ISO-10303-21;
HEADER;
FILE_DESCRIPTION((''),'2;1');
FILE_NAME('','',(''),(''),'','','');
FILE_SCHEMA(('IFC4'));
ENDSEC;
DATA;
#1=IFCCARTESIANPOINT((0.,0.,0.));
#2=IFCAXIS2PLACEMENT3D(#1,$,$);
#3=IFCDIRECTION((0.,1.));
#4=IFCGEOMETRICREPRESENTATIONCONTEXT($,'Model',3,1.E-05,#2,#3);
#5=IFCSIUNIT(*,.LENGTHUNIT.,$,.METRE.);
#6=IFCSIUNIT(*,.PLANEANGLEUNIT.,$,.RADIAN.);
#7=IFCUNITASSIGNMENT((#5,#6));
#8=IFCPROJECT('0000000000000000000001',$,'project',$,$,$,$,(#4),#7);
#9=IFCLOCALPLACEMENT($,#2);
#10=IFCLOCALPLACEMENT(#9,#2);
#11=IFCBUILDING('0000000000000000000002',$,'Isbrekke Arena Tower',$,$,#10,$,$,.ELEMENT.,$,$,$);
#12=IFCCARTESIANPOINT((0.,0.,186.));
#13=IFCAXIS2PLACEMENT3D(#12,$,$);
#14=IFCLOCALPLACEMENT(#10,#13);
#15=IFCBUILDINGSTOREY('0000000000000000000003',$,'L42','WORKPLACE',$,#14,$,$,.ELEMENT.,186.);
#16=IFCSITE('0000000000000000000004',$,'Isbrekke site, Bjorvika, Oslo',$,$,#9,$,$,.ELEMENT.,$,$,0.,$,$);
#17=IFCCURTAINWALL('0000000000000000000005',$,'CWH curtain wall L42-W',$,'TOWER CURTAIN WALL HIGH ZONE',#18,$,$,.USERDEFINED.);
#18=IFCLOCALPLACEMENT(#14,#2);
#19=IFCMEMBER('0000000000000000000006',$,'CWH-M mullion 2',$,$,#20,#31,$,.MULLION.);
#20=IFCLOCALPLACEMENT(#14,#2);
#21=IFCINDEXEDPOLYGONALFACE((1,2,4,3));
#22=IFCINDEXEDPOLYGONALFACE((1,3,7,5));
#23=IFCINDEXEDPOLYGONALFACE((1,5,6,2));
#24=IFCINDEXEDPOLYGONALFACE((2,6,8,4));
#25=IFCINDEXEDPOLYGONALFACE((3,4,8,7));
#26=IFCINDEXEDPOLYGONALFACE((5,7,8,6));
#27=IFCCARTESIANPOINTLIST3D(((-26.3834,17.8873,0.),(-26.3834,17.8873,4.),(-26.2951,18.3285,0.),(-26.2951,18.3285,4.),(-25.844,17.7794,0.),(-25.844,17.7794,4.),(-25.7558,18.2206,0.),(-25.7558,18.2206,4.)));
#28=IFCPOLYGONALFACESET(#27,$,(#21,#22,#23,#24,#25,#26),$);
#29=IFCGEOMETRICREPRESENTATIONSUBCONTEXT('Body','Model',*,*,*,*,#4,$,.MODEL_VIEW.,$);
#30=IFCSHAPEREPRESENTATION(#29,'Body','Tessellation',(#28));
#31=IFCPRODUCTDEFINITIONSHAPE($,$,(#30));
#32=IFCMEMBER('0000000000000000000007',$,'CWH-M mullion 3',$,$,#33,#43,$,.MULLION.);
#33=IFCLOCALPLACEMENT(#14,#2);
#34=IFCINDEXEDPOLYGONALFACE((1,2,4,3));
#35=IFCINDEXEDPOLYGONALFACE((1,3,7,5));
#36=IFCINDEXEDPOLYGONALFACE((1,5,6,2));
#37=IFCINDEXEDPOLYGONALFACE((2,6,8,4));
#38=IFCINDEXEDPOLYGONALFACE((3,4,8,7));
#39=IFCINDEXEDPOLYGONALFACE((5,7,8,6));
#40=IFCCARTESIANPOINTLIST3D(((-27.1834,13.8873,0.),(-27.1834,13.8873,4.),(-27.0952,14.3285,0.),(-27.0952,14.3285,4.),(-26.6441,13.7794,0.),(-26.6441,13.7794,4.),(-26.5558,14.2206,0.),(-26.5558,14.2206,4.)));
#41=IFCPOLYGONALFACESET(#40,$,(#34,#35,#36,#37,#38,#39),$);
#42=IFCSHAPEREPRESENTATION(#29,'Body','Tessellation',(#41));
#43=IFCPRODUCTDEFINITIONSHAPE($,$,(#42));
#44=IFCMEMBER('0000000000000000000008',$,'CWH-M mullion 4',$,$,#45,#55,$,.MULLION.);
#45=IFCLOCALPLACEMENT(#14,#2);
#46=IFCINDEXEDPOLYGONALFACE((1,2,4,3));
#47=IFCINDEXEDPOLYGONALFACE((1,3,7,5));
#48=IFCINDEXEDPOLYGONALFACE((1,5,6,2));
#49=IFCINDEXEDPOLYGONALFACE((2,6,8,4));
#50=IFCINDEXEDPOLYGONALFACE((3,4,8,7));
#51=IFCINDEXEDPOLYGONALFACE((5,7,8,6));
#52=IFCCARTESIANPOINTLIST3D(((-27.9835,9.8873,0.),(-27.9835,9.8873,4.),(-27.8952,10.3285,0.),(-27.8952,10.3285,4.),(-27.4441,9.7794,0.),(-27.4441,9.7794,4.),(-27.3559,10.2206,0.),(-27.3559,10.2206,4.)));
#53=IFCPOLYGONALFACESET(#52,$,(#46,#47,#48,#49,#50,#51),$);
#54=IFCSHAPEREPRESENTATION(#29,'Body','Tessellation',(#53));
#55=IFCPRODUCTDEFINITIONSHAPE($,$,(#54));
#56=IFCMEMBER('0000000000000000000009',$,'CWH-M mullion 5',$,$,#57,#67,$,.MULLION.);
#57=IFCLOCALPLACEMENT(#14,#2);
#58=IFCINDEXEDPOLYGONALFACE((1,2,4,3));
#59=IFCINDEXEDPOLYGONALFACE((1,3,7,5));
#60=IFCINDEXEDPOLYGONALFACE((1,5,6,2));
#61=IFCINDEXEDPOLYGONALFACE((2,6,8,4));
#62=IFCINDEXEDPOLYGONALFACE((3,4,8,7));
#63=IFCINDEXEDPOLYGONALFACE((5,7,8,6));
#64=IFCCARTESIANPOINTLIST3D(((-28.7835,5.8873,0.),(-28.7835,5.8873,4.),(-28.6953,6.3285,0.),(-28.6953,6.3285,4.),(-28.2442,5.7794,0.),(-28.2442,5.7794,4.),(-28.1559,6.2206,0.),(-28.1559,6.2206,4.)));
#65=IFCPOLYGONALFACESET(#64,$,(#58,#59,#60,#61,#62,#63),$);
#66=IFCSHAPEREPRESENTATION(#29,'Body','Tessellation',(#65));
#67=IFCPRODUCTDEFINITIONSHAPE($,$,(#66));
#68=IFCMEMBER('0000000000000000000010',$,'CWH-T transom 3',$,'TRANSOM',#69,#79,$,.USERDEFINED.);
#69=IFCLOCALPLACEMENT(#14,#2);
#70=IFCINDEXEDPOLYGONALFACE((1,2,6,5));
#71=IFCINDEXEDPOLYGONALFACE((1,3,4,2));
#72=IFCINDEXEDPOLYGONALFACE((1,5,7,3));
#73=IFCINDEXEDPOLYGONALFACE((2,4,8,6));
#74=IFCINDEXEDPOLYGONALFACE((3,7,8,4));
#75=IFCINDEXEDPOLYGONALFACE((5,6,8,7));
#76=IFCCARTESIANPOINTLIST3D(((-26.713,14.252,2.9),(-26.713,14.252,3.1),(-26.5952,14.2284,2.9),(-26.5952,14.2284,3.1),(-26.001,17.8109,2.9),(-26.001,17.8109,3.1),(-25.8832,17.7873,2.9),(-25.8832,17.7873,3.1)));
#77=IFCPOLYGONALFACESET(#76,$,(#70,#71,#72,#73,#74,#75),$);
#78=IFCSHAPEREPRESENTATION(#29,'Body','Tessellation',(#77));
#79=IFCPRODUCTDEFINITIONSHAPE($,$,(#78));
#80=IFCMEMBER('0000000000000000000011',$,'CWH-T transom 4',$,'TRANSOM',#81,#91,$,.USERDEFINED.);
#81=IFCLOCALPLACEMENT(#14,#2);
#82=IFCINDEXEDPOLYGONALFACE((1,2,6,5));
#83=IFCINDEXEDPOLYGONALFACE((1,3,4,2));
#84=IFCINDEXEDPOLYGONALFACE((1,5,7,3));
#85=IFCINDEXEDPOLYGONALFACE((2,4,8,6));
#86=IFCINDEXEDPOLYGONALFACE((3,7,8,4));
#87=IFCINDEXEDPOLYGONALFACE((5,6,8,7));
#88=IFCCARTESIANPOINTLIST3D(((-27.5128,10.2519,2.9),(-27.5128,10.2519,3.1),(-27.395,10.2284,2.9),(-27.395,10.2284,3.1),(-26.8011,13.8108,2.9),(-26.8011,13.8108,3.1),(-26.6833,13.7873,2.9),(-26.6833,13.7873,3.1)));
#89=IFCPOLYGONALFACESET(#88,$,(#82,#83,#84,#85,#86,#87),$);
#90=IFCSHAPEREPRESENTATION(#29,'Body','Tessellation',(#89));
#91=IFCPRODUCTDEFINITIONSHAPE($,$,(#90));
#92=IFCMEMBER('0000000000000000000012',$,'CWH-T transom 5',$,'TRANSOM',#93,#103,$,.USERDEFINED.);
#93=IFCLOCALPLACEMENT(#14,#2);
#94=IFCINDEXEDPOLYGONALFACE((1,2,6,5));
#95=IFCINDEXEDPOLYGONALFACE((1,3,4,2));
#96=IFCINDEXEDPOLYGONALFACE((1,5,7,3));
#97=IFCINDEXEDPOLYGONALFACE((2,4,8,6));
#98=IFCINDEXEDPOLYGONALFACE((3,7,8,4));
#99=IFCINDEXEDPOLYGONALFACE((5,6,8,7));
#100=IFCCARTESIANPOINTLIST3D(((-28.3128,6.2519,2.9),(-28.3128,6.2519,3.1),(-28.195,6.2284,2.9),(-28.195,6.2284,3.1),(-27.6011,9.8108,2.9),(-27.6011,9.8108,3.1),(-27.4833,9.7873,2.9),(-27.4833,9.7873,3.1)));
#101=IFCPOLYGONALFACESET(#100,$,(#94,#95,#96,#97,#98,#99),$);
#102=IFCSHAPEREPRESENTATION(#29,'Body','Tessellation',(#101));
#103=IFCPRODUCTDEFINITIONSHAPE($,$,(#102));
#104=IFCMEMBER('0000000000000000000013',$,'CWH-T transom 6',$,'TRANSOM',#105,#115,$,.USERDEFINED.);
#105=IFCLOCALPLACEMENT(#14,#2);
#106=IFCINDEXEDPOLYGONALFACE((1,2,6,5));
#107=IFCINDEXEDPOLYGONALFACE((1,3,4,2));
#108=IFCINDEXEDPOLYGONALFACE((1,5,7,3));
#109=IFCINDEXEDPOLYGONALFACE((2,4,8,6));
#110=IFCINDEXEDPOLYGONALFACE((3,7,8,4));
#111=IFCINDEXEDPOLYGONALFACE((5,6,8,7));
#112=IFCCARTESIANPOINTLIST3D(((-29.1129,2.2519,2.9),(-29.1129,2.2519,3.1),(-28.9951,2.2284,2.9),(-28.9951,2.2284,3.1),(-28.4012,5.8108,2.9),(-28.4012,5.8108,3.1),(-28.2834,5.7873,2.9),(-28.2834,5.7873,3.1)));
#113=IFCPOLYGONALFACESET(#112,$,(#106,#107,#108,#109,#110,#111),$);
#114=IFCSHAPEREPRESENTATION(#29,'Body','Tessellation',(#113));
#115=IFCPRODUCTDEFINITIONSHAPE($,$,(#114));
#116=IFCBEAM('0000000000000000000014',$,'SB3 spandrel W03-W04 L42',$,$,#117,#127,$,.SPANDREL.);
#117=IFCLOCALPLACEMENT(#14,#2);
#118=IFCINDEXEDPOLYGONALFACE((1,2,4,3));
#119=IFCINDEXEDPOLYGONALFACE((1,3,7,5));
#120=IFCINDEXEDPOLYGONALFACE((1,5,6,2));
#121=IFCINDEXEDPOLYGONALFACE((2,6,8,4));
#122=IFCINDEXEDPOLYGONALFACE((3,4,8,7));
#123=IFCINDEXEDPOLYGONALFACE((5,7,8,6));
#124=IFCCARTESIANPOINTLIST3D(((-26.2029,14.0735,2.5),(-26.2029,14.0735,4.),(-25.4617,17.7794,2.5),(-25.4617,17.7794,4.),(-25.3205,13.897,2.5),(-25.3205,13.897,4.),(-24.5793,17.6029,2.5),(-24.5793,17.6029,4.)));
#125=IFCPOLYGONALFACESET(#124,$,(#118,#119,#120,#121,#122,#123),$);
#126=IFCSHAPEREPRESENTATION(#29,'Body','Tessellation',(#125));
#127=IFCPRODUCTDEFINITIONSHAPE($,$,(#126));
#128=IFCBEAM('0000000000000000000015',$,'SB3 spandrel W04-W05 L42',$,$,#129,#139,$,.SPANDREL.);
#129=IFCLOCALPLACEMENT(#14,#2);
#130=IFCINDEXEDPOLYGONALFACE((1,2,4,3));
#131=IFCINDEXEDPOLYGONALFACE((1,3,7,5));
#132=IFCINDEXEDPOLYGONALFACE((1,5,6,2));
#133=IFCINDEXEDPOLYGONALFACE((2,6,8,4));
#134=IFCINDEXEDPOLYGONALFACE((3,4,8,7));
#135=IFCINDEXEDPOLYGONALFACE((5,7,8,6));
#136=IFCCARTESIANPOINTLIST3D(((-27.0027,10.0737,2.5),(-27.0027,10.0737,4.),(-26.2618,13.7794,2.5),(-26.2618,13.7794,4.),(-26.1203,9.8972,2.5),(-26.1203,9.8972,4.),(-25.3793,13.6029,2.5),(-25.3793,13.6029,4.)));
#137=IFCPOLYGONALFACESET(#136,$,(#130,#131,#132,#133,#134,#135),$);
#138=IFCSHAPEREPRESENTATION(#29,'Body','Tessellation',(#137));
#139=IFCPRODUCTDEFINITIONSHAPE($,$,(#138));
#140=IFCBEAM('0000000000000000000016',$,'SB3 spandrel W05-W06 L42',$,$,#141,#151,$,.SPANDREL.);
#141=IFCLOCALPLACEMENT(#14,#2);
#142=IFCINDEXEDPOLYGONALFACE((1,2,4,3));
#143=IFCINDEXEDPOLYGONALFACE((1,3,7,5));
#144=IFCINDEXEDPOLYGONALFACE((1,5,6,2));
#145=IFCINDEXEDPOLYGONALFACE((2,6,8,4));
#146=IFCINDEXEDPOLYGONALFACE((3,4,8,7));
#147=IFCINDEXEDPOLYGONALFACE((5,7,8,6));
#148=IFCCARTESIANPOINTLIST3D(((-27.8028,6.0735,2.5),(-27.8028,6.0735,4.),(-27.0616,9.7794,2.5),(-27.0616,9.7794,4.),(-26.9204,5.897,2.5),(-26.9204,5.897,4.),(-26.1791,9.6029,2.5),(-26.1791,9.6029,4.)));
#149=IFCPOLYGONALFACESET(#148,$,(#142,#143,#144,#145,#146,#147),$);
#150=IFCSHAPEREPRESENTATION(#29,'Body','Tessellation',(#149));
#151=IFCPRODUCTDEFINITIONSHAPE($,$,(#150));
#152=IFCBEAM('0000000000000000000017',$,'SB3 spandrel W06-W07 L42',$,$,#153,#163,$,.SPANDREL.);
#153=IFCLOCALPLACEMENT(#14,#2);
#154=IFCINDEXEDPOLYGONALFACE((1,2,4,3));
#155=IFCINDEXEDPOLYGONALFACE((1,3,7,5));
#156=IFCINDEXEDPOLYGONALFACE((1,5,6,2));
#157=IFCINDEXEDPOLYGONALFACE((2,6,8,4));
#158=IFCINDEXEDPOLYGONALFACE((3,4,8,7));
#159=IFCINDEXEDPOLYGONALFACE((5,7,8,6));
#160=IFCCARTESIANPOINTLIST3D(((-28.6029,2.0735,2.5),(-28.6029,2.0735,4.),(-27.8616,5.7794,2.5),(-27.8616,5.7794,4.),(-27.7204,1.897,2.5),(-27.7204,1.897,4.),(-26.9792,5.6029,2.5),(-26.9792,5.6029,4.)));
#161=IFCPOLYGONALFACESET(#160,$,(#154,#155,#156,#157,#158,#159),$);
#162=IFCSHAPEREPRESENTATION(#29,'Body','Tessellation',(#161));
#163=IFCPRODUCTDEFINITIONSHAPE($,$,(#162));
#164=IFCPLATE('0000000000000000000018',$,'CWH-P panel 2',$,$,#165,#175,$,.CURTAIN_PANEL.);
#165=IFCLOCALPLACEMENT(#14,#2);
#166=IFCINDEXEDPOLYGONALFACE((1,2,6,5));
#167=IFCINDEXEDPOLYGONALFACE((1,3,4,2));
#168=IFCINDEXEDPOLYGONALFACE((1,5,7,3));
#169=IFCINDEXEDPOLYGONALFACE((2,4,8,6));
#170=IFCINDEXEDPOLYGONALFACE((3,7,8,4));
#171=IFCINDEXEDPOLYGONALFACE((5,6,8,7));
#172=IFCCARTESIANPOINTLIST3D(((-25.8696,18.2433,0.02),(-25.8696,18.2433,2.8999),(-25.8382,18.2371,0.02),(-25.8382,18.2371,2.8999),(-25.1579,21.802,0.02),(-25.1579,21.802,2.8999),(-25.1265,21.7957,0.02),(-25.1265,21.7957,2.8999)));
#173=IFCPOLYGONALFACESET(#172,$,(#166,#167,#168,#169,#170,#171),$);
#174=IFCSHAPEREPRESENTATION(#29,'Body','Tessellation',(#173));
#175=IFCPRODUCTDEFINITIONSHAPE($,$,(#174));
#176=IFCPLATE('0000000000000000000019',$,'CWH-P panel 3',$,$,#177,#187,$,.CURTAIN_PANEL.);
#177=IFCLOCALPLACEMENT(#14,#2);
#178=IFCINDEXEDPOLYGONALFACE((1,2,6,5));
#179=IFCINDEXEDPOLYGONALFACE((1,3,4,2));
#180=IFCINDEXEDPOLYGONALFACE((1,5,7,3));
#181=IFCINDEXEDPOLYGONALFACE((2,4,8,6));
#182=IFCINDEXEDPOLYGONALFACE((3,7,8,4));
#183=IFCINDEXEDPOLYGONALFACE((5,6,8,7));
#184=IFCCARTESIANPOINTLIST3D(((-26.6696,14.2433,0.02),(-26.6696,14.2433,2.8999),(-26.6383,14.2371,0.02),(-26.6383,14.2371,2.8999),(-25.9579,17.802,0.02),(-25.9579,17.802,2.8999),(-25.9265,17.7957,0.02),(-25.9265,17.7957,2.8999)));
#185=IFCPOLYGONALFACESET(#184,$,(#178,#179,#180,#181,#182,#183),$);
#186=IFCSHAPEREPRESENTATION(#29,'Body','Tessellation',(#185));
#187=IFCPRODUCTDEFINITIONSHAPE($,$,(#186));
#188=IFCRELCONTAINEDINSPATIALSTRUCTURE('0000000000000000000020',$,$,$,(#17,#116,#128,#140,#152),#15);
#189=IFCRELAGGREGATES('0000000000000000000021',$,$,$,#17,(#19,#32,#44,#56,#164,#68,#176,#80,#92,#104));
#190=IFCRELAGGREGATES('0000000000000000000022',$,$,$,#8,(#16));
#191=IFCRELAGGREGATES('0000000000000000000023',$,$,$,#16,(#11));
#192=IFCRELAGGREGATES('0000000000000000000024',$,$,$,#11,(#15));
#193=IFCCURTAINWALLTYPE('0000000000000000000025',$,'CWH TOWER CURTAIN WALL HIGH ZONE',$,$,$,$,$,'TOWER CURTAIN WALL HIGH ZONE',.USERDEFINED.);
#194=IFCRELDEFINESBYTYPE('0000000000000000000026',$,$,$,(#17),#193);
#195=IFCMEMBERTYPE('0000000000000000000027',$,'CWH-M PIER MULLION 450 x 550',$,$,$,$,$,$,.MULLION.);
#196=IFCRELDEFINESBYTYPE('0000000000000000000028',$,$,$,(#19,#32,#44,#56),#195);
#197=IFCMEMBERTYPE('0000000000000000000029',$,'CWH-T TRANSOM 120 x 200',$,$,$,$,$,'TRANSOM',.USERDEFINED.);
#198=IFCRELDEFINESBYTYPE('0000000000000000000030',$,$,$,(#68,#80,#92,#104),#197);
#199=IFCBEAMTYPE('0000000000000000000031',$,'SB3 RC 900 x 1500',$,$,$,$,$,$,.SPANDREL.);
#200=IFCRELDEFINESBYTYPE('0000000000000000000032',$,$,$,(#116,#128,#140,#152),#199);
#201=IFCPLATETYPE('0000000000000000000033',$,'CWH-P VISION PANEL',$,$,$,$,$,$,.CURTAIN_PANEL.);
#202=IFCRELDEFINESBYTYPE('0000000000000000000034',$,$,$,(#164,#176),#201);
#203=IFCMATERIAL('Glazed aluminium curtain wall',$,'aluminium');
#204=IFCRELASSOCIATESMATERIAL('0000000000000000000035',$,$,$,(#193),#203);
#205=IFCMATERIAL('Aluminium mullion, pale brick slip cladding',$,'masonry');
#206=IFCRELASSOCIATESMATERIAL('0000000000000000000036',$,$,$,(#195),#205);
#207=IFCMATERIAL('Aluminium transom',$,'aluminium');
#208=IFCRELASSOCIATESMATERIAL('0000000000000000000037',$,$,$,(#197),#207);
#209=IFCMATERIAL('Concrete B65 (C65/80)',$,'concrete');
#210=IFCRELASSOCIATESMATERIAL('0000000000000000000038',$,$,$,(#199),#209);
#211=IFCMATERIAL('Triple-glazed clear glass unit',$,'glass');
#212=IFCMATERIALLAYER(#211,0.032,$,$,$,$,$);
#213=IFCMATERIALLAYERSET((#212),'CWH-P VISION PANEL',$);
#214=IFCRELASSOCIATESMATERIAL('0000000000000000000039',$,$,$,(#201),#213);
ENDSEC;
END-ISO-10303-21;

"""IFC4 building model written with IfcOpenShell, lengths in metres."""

from ifc_helpers import new_model, si_unit, direction, frame, origin, origin_2d, place, context, subcontext, project, spatial, rectangle, extrude, material, layer, layer_set, material_profile, profile_set, type_object, element, aggregate, save


model = new_model("IFC4")

# Units and contexts
model_context = context("Model", 3, precision=1e-05, world=origin(), true_north=direction((0.0, 1.0)))
body_context = subcontext(model_context, "Body", "Model", "MODEL_VIEW")
ifc_project = project(units=[si_unit("LENGTHUNIT", "METRE"), si_unit("PLANEANGLEUNIT", "RADIAN")], contexts=[model_context])

# Site, building, storey
site_placement = place(None, origin())
site = spatial("IfcSite", under=ifc_project, at=site_placement, Name="Isbrekke site, Bjorvika, Oslo", CompositionType="ELEMENT", RefElevation=0.0)
building_placement = place(site_placement, origin())
building = spatial("IfcBuilding", under=site, at=building_placement, Name="Isbrekke Arena Tower", CompositionType="ELEMENT")
storey_placement = place(building_placement, frame((0.0, 0.0, 186.0)))
storey = spatial("IfcBuildingStorey", under=building, at=storey_placement, Name="L42", Description="WORKPLACE", CompositionType="ELEMENT", Elevation=186.0)

# Curtain wall, members
ifc_material_1 = material(Name="Glazed aluminium curtain wall", Category="aluminium")
curtain_wall_type = type_object("IfcCurtainWallType", Name="CWH TOWER CURTAIN WALL HIGH ZONE", ElementType="TOWER CURTAIN WALL HIGH ZONE", PredefinedType="USERDEFINED", material=ifc_material_1)
curtain_wall_placement = place(storey_placement, origin())
curtain_wall = element("IfcCurtainWall", 1, at=curtain_wall_placement, inside=storey, type_object=curtain_wall_type, Name="CWH curtain wall L42-W", ObjectType="TOWER CURTAIN WALL HIGH ZONE", PredefinedType="USERDEFINED")
ifc_material_2 = material(Name="Aluminium mullion, pale brick slip cladding", Category="masonry")
ifc_material_profile_1 = material_profile(ifc_material_2, rectangle(XDim=0.45, YDim=0.55, at=origin_2d()), Name="PIER 450X550")
ifc_profile_set_1 = profile_set([ifc_material_profile_1], Name="Aluminium mullion, pale brick slip cladding")
member_type_1 = type_object("IfcMemberType", Name="CWH-M PIER MULLION 450 x 550", PredefinedType="MULLION", material=ifc_profile_set_1)
member_1_placement = place(storey_placement, frame((-26.0696, 18.054, 0.0), z_axis=(0.0, 0.0, 1.0), x_axis=(-0.196116, -0.980581, 0.0)))
member_1 = element("IfcMember", 2, at=member_1_placement, type_object=member_type_1, Name="CWH-M mullion 2", PredefinedType="MULLION", context=body_context, shape_type="SweptSolid", body=[
    extrude(rectangle(XDim=0.45, YDim=0.55, at=origin_2d()), origin(), (0.0, 0.0, 1.0), 4.0),
])
member_2_placement = place(storey_placement, frame((-26.8696, 14.054, 0.0), z_axis=(0.0, 0.0, 1.0), x_axis=(-0.196116, -0.980581, 0.0)))
member_2 = element("IfcMember", 3, at=member_2_placement, type_object=member_type_1, Name="CWH-M mullion 3", PredefinedType="MULLION", context=body_context, shape_type="SweptSolid", body=[
    extrude(rectangle(XDim=0.45, YDim=0.55, at=origin_2d()), origin(), (0.0, 0.0, 1.0), 4.0),
])
member_3_placement = place(storey_placement, frame((-27.6697, 10.054, 0.0), z_axis=(0.0, 0.0, 1.0), x_axis=(-0.196116, -0.980581, 0.0)))
member_3 = element("IfcMember", 4, at=member_3_placement, type_object=member_type_1, Name="CWH-M mullion 4", PredefinedType="MULLION", context=body_context, shape_type="SweptSolid", body=[
    extrude(rectangle(XDim=0.45, YDim=0.55, at=origin_2d()), origin(), (0.0, 0.0, 1.0), 4.0),
])
member_4_placement = place(storey_placement, frame((-28.4697, 6.054, 0.0), z_axis=(0.0, 0.0, 1.0), x_axis=(-0.196116, -0.980581, 0.0)))
member_4 = element("IfcMember", 5, at=member_4_placement, type_object=member_type_1, Name="CWH-M mullion 5", PredefinedType="MULLION", context=body_context, shape_type="SweptSolid", body=[
    extrude(rectangle(XDim=0.45, YDim=0.55, at=origin_2d()), origin(), (0.0, 0.0, 1.0), 4.0),
])
ifc_material_3 = material(Name="Aluminium transom", Category="aluminium")
ifc_material_profile_2 = material_profile(ifc_material_3, rectangle(XDim=0.1201, YDim=0.2, at=origin_2d()), Name="TRANSOM 120X200")
ifc_profile_set_2 = profile_set([ifc_material_profile_2], Name="Aluminium transom")
member_type_2 = type_object("IfcMemberType", Name="CWH-T TRANSOM 120 x 200", ElementType="TRANSOM", PredefinedType="USERDEFINED", material=ifc_profile_set_2)
member_5_placement = place(storey_placement, frame((-25.9421, 17.7991, 3.0), z_axis=(-0.196155, -0.980573, 0.0), x_axis=(0.980573, -0.196155, 0.0)))
member_5 = element("IfcMember", 6, at=member_5_placement, type_object=member_type_2, Name="CWH-T transom 3", ObjectType="TRANSOM", PredefinedType="USERDEFINED", context=body_context, shape_type="SweptSolid", body=[
    extrude(rectangle(XDim=0.1201, YDim=0.2, at=origin_2d()), origin(), (0.0, 0.0, 1.0), 3.6294),
])
member_6_placement = place(storey_placement, frame((-26.7422, 13.7991, 3.0), z_axis=(-0.19609, -0.980586, 0.0), x_axis=(0.980586, -0.19609, 0.0)))
member_6 = element("IfcMember", 7, at=member_6_placement, type_object=member_type_2, Name="CWH-T transom 4", ObjectType="TRANSOM", PredefinedType="USERDEFINED", context=body_context, shape_type="SweptSolid", body=[
    extrude(rectangle(XDim=0.1201, YDim=0.2, at=origin_2d()), origin(), (0.0, 0.0, 1.0), 3.6294),
])
member_7_placement = place(storey_placement, frame((-27.5422, 9.7991, 3.0), z_axis=(-0.19609, -0.980586, 0.0), x_axis=(0.980586, -0.19609, 0.0)))
member_7 = element("IfcMember", 8, at=member_7_placement, type_object=member_type_2, Name="CWH-T transom 5", ObjectType="TRANSOM", PredefinedType="USERDEFINED", context=body_context, shape_type="SweptSolid", body=[
    extrude(rectangle(XDim=0.1201, YDim=0.2, at=origin_2d()), origin(), (0.0, 0.0, 1.0), 3.6294),
])
member_8_placement = place(storey_placement, frame((-28.3423, 5.7991, 3.0), z_axis=(-0.19609, -0.980586, 0.0), x_axis=(0.980586, -0.19609, 0.0)))
member_8 = element("IfcMember", 9, at=member_8_placement, type_object=member_type_2, Name="CWH-T transom 6", ObjectType="TRANSOM", PredefinedType="USERDEFINED", context=body_context, shape_type="SweptSolid", body=[
    extrude(rectangle(XDim=0.1201, YDim=0.2, at=origin_2d()), origin(), (0.0, 0.0, 1.0), 3.6294),
])

# Beams
ifc_material_4 = material(Name="Concrete B65 (C65/80)", Category="concrete")
ifc_material_profile_3 = material_profile(ifc_material_4, rectangle(XDim=0.8999, YDim=1.5, at=origin_2d()), Name="RC 900x1500")
ifc_profile_set_3 = profile_set([ifc_material_profile_3], Name="Concrete B65 (C65/80)")
beam_type_1 = type_object("IfcBeamType", Name="SB3 RC 900 x 1500", PredefinedType="SPANDREL", material=ifc_profile_set_3)
beam_1_placement = place(storey_placement, frame((-25.0205, 17.6912, 3.25), z_axis=(-0.196129, -0.980578, 0.0), x_axis=(0.980578, -0.196129, 0.0)))
element("IfcBeam", 10, at=beam_1_placement, inside=storey, type_object=beam_type_1, Name="SB3 spandrel W03-W04 L42", PredefinedType="SPANDREL", context=body_context, shape_type="SweptSolid", body=[
    extrude(rectangle(XDim=0.8999, YDim=1.5, at=origin_2d()), origin(), (0.0, 0.0, 1.0), 3.7793),
])
beam_2_placement = place(storey_placement, frame((-25.8206, 13.6912, 3.25), z_axis=(-0.196066, -0.980591, 0.0), x_axis=(0.980591, -0.196066, 0.0)))
element("IfcBeam", 11, at=beam_2_placement, inside=storey, type_object=beam_type_1, Name="SB3 spandrel W04-W05 L42", PredefinedType="SPANDREL", context=body_context, shape_type="SweptSolid", body=[
    extrude(rectangle(XDim=0.8999, YDim=1.5, at=origin_2d()), origin(), (0.0, 0.0, 1.0), 3.7791),
])
for number, where, z_axis, x_axis, name in (
    (12, (-26.6204, 9.6912, 3.25), (-0.196129, -0.980578, 0.0), (0.980578, -0.196129, 0.0), "SB3 spandrel W05-W06 L42"),
    (13, (-27.4204, 5.6912, 3.25), (-0.196129, -0.980578, 0.0), (0.980578, -0.196129, 0.0), "SB3 spandrel W06-W07 L42"),
):
    element("IfcBeam", number, at=place(storey_placement, frame(where, z_axis=z_axis, x_axis=x_axis)), inside=storey, type_object=beam_type_1, Name=name, PredefinedType="SPANDREL", context=body_context, shape_type="SweptSolid", body=[
        extrude(rectangle(XDim=0.8999, YDim=1.5, at=origin_2d()), origin(), (0.0, 0.0, 1.0), 3.7793),
    ])

# Plates
ifc_material_5 = material(Name="Triple-glazed clear glass unit", Category="glass")
ifc_layer_1 = layer(ifc_material_5, 0.032)
ifc_layer_set_1 = layer_set([ifc_layer_1], Name="CWH-P VISION PANEL")
plate_type = type_object("IfcPlateType", Name="CWH-P VISION PANEL", PredefinedType="CURTAIN_PANEL", material=ifc_layer_set_1)
plate_1_placement = place(storey_placement, frame((-25.498, 20.0195, 0.02), z_axis=(0.0, 0.0, 1.0), x_axis=(-0.196116, -0.980581, 0.0)))
plate_1 = element("IfcPlate", 14, at=plate_1_placement, type_object=plate_type, Name="CWH-P panel 2", PredefinedType="CURTAIN_PANEL", context=body_context, shape_type="SweptSolid", body=[
    extrude(rectangle(XDim=3.6292, YDim=0.032, at=origin_2d()), origin(), (0.0, 0.0, 1.0), 2.8799),
])
plate_2_placement = place(storey_placement, frame((-26.2981, 16.0195, 0.02), z_axis=(0.0, 0.0, 1.0), x_axis=(-0.196116, -0.980581, 0.0)))
plate_2 = element("IfcPlate", 15, at=plate_2_placement, type_object=plate_type, Name="CWH-P panel 3", PredefinedType="CURTAIN_PANEL", context=body_context, shape_type="SweptSolid", body=[
    extrude(rectangle(XDim=3.6292, YDim=0.032, at=origin_2d()), origin(), (0.0, 0.0, 1.0), 2.8799),
])
aggregate(curtain_wall, [member_1, member_2, member_3, member_4, plate_1, member_5, plate_2, member_6, member_7, member_8])

save(model, "model.ifc")
